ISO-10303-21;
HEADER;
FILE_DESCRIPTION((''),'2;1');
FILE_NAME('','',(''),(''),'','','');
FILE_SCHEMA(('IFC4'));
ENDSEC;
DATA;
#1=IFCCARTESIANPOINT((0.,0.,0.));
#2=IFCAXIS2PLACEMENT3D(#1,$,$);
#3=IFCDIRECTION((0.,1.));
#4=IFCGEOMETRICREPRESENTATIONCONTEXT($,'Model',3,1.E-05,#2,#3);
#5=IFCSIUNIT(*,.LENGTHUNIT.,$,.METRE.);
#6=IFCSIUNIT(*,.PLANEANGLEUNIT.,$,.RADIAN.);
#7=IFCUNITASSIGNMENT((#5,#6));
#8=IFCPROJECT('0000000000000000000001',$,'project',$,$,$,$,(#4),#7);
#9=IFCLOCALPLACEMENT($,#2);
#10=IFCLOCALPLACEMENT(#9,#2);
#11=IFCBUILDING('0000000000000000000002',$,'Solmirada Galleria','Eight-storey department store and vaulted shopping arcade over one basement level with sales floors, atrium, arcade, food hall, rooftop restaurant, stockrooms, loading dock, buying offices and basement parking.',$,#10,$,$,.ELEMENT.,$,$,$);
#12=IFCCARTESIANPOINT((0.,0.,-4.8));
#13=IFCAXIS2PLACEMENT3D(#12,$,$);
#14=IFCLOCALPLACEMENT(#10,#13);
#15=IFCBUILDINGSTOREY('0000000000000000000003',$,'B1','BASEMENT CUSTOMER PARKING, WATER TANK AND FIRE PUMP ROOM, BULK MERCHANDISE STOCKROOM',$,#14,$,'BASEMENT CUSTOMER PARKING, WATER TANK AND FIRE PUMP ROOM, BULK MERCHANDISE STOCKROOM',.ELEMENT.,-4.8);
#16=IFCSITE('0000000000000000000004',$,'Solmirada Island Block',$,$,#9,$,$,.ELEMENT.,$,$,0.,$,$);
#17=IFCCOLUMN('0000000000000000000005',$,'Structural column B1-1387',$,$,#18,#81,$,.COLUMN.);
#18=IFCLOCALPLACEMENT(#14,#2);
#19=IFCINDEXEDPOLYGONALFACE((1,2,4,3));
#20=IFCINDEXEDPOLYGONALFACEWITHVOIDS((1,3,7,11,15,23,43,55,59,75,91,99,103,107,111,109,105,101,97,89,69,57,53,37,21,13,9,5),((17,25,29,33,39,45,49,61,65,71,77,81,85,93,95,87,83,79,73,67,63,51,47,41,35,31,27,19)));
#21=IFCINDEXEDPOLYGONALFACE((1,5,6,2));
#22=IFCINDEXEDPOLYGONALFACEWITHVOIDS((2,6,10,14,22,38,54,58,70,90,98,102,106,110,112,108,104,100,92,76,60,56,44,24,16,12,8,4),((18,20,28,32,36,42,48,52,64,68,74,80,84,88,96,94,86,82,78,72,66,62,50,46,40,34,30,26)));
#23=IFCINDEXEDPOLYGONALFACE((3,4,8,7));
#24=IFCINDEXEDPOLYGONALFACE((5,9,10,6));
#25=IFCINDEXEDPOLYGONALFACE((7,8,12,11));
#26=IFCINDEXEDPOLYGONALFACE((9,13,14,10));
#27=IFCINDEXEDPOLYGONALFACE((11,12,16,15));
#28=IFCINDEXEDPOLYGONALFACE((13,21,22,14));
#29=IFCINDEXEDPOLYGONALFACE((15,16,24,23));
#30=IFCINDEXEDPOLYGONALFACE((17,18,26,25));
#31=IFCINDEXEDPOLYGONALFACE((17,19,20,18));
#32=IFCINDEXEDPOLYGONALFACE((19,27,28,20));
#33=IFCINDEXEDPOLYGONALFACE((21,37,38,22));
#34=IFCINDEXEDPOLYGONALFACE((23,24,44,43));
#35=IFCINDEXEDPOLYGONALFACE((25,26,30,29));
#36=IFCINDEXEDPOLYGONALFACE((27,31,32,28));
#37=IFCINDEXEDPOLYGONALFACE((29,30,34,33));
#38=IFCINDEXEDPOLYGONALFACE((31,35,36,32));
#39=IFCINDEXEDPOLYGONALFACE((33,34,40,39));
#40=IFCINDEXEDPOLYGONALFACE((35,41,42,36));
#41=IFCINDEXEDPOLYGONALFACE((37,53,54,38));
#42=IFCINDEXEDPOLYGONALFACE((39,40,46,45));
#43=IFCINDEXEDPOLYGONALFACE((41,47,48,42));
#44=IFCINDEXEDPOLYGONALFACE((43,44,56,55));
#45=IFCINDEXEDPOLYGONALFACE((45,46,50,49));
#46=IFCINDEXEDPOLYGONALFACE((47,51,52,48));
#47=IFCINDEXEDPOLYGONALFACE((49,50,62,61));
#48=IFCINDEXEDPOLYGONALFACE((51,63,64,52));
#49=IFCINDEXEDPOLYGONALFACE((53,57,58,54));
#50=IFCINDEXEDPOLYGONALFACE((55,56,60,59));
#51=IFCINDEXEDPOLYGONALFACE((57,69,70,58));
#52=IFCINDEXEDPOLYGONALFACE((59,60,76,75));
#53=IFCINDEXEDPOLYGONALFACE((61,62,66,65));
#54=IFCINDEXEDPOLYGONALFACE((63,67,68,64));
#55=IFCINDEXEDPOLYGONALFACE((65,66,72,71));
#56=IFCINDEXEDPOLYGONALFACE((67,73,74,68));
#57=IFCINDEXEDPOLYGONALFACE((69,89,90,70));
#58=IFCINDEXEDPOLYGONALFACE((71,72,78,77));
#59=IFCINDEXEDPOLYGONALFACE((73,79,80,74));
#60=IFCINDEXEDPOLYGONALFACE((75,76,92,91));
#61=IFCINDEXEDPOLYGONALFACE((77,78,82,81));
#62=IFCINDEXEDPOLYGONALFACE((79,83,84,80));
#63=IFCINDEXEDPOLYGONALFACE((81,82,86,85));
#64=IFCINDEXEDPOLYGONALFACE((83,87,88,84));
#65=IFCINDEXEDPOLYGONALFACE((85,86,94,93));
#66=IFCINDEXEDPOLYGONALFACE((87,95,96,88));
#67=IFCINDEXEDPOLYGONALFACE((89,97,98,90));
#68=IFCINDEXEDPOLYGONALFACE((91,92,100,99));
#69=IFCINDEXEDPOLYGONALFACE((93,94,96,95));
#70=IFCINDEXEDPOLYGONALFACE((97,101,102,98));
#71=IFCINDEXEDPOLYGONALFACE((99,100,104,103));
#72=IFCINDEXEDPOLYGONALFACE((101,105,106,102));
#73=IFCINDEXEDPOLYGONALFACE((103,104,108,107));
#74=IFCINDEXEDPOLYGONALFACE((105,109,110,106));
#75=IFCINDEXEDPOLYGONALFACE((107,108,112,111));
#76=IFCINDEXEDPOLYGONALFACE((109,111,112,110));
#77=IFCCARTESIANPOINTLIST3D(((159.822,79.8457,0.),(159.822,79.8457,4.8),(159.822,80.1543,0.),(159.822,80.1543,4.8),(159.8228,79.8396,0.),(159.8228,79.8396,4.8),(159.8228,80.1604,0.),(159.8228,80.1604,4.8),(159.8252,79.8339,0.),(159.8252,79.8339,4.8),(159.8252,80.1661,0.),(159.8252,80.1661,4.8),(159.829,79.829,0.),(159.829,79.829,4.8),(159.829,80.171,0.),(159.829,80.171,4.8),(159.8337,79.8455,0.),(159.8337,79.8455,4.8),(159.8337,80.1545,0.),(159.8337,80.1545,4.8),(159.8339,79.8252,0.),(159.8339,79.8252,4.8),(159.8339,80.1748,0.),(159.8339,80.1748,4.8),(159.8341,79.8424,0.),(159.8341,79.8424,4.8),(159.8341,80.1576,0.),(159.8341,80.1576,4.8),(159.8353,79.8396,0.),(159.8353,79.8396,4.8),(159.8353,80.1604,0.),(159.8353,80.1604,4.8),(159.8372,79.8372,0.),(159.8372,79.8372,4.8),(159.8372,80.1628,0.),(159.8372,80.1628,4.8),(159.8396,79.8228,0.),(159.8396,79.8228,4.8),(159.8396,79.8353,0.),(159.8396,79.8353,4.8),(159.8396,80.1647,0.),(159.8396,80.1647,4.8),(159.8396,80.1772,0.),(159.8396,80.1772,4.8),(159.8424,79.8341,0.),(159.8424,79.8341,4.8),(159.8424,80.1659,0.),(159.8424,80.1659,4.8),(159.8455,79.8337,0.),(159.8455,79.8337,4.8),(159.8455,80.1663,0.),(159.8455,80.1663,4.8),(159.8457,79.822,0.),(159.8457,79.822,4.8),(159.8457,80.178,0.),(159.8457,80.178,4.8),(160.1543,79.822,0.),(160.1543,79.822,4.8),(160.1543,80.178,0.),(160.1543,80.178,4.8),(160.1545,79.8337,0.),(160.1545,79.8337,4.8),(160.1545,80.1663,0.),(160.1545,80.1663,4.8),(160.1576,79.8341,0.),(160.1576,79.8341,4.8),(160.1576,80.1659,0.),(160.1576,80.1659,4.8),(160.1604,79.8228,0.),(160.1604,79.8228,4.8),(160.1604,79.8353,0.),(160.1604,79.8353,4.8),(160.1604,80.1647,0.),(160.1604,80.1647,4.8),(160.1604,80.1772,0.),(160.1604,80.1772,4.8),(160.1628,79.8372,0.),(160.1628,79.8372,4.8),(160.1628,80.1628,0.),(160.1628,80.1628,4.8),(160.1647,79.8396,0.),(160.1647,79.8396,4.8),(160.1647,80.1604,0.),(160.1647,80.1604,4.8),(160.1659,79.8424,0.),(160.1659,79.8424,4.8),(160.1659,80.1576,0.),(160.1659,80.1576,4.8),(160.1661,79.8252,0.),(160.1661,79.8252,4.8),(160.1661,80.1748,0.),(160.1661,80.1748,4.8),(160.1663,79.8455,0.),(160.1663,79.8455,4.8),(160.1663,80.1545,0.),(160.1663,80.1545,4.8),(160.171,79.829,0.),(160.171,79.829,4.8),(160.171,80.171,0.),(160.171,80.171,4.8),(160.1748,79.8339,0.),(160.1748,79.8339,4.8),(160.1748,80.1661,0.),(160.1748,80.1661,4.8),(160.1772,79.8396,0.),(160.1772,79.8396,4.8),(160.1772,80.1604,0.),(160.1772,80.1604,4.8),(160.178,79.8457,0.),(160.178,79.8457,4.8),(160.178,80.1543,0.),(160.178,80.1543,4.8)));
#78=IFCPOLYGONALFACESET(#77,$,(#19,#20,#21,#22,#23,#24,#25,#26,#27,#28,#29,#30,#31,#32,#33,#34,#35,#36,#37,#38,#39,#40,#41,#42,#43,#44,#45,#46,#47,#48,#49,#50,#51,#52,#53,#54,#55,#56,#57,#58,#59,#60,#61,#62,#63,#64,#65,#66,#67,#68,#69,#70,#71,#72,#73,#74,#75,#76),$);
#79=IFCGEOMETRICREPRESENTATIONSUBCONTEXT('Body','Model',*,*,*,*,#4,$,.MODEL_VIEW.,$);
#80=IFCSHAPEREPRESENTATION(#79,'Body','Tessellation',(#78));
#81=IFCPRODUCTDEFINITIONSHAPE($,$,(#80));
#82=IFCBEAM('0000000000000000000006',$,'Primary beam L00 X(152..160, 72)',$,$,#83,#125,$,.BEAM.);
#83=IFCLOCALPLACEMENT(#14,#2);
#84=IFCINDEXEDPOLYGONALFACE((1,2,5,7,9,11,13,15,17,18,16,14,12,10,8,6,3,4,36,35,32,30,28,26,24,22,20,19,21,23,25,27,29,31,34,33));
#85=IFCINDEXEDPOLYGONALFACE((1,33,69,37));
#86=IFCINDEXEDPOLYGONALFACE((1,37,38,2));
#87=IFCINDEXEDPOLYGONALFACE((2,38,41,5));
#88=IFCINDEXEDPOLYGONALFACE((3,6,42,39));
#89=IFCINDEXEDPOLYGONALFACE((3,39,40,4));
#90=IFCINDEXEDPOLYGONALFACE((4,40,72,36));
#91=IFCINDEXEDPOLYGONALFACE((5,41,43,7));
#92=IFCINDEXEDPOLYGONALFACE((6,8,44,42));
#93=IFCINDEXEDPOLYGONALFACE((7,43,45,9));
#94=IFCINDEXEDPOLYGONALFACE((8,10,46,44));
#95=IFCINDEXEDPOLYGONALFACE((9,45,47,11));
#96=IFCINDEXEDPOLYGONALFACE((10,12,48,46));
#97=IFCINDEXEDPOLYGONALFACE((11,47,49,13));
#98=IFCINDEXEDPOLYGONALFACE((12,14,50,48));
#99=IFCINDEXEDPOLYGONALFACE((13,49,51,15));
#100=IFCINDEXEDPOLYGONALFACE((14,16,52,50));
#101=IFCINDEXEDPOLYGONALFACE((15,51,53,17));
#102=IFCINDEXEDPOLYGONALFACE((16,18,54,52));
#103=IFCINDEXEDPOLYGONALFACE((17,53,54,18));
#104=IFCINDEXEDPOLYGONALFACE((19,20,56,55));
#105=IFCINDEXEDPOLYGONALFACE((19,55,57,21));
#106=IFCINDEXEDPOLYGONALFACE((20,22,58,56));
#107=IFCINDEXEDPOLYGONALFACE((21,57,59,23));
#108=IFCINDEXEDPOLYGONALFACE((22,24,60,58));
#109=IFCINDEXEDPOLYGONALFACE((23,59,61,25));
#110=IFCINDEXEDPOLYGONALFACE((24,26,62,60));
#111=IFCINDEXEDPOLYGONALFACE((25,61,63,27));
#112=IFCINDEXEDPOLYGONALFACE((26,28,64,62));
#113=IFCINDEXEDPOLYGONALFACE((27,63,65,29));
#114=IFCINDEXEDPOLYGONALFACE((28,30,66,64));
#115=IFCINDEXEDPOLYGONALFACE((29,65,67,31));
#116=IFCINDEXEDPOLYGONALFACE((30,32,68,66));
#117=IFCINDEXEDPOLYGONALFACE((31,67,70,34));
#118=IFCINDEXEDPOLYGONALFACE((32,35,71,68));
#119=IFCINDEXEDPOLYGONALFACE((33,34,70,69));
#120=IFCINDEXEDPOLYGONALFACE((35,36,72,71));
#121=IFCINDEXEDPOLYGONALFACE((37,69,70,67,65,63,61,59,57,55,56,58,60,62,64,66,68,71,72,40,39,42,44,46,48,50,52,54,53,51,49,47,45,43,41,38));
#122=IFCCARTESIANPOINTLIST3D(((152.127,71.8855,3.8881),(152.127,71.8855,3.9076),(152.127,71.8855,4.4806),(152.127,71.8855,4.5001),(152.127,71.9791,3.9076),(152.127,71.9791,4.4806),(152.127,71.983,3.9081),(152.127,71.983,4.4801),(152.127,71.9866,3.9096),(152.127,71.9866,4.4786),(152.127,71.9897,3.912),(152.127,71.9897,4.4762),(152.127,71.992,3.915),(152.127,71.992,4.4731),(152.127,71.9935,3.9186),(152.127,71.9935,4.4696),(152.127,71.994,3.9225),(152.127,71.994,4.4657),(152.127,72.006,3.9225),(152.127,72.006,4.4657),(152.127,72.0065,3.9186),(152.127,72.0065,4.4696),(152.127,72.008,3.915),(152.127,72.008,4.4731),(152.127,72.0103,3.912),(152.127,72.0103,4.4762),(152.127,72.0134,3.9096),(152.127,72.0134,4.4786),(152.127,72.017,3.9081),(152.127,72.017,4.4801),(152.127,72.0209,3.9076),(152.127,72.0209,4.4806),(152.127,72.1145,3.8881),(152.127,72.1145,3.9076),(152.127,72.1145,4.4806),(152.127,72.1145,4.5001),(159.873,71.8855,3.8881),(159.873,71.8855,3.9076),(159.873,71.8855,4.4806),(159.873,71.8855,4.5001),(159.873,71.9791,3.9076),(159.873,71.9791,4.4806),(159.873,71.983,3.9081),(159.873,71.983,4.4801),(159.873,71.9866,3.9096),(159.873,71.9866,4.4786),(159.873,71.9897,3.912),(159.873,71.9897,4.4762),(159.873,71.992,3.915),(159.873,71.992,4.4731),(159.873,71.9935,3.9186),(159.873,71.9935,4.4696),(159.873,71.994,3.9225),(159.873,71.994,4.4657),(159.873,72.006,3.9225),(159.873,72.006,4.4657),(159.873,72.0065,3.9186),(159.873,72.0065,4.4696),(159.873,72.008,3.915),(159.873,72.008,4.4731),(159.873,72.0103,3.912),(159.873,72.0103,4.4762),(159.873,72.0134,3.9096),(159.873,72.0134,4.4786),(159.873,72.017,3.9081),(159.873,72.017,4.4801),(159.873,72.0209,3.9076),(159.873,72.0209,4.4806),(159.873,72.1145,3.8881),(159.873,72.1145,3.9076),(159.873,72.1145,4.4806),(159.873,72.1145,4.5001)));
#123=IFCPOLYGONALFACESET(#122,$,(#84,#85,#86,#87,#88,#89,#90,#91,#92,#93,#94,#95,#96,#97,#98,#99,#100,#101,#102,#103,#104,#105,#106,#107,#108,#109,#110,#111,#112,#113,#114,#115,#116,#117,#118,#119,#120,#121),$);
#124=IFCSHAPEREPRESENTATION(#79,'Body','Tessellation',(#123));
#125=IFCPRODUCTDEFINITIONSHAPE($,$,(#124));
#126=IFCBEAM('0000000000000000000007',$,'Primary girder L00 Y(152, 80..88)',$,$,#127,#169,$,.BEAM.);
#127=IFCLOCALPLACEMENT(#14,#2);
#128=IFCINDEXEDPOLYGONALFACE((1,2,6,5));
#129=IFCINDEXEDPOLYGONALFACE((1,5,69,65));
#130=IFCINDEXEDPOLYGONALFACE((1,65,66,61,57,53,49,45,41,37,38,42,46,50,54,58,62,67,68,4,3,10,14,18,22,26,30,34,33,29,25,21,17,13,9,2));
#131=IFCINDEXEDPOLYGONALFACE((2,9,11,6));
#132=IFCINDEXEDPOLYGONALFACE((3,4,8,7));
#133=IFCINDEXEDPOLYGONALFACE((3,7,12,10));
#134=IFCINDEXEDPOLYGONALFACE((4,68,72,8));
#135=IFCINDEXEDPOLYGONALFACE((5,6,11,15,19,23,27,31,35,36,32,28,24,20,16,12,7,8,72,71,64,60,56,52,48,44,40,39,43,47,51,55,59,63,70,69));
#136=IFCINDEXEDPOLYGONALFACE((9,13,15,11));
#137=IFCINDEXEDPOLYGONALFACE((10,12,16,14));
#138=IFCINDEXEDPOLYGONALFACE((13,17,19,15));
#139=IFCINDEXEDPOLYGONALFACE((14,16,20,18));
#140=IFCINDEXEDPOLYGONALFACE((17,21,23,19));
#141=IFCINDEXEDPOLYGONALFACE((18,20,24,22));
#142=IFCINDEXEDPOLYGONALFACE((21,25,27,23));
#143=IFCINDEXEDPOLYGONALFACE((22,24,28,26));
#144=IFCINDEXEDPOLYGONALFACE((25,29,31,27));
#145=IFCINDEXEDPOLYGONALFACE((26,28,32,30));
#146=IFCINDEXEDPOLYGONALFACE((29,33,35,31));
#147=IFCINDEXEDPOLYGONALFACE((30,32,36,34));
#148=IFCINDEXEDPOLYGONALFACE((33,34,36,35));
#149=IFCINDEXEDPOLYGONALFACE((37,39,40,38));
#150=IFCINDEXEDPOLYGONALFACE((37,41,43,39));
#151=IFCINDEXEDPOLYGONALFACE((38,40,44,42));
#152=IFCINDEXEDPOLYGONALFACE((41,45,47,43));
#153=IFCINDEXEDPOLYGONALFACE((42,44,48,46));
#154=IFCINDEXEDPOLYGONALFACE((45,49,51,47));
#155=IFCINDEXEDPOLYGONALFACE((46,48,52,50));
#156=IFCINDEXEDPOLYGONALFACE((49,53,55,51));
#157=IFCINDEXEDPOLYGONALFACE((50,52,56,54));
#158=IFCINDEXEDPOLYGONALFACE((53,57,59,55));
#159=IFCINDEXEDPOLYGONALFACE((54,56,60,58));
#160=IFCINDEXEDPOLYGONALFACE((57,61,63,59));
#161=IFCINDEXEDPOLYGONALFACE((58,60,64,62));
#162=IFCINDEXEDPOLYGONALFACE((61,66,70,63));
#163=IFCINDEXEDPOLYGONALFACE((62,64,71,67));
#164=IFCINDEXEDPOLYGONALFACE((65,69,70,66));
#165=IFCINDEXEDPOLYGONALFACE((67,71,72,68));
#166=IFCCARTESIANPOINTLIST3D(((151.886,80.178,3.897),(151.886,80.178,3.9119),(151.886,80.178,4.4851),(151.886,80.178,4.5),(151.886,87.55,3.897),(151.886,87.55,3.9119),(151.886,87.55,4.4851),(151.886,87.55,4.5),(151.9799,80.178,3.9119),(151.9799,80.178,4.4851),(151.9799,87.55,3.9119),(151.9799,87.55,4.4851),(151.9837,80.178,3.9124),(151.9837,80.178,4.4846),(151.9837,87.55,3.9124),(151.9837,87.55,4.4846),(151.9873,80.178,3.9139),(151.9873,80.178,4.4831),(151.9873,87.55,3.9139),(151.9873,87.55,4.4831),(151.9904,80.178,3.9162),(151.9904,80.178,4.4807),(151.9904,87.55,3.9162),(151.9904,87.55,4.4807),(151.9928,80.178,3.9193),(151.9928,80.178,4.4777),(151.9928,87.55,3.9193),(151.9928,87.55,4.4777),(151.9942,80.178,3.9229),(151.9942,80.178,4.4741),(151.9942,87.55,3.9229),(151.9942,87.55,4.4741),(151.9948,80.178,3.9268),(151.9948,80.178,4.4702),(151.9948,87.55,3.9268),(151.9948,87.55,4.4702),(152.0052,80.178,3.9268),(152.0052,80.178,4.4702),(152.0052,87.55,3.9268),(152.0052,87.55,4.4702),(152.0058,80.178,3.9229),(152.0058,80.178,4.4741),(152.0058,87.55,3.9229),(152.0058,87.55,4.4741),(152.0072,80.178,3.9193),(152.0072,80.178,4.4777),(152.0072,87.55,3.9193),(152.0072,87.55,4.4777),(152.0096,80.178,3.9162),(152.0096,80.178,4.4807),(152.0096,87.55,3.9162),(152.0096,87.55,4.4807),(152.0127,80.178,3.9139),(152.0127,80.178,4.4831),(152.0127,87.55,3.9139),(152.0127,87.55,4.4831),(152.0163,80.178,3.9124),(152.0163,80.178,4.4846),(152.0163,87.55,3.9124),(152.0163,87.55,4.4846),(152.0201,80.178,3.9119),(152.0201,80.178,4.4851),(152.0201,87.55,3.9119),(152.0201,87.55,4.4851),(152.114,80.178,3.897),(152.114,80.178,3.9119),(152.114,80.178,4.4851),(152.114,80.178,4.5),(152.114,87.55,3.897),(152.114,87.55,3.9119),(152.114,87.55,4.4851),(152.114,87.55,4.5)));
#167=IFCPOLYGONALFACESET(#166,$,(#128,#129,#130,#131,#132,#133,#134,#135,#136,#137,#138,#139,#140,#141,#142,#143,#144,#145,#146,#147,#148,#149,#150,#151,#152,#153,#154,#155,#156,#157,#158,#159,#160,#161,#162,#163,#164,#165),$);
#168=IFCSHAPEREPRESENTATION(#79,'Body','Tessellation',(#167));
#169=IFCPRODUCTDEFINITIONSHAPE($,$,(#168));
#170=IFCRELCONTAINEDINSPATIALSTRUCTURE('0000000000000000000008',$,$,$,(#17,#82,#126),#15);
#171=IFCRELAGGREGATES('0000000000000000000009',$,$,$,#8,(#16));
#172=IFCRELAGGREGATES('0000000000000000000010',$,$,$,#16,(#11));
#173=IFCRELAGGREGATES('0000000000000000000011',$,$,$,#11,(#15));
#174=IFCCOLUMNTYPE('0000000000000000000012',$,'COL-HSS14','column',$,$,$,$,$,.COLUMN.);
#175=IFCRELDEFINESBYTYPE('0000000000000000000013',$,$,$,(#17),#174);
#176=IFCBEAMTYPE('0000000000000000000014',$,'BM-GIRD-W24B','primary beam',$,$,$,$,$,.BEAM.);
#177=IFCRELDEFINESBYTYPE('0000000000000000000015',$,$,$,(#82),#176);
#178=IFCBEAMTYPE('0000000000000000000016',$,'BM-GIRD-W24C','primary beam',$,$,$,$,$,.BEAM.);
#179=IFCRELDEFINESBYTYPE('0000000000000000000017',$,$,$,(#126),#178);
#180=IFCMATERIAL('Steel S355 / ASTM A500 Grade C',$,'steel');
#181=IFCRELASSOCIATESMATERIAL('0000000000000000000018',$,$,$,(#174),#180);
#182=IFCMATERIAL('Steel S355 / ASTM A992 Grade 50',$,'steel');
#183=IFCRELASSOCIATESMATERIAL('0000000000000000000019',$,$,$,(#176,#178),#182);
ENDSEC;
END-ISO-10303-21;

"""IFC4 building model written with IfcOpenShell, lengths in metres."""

from ifc_helpers import new_model, si_unit, direction, frame, origin, origin_2d, place, context, subcontext, project, spatial, hollow_rectangle, i_section, extrude, material, material_profile, profile_set, type_object, element, save


model = new_model("IFC4")

# Units and contexts
model_context = context("Model", 3, precision=1e-05, world=origin(), true_north=direction((0.0, 1.0)))
body_context = subcontext(model_context, "Body", "Model", "MODEL_VIEW")
ifc_project = project(units=[si_unit("LENGTHUNIT", "METRE"), si_unit("PLANEANGLEUNIT", "RADIAN")], contexts=[model_context])

# Site, building, storey
site_placement = place(None, origin())
site = spatial("IfcSite", under=ifc_project, at=site_placement, Name="Solmirada Island Block", CompositionType="ELEMENT", RefElevation=0.0)
building_placement = place(site_placement, origin())
building = spatial("IfcBuilding", under=site, at=building_placement, Name="Solmirada Galleria", Description="Eight-storey department store and vaulted shopping arcade over one basement level with sales floors, atrium, arcade, food hall, rooftop restaurant, stockrooms, loading dock, buying offices and basement parking.", CompositionType="ELEMENT")
storey_placement = place(building_placement, frame((0.0, 0.0, -4.8)))
storey = spatial("IfcBuildingStorey", under=building, at=storey_placement, Name="B1", Description="BASEMENT CUSTOMER PARKING, WATER TANK AND FIRE PUMP ROOM, BULK MERCHANDISE STOCKROOM", LongName="BASEMENT CUSTOMER PARKING, WATER TANK AND FIRE PUMP ROOM, BULK MERCHANDISE STOCKROOM", CompositionType="ELEMENT", Elevation=-4.8)

# Column
ifc_material_1 = material(Name="Steel S355 / ASTM A500 Grade C", Category="steel")
ifc_material_profile_1 = material_profile(ifc_material_1, hollow_rectangle(XDim=0.356, YDim=0.356, WallThickness=0.0117, InnerFilletRadius=0.0117, OuterFilletRadius=0.0237, at=origin_2d()), Name="HSS14X14X1/2")
ifc_profile_set_1 = profile_set([ifc_material_profile_1], Name="Steel S355 / ASTM A500 Grade C")
column_type_1 = type_object("IfcColumnType", Name="COL-HSS14", Description="column", PredefinedType="COLUMN", material=ifc_profile_set_1)
for number, where, z_axis, x_axis, name in (
    (1, (160.0, 80.0, 0.0), (0.0, 0.0, 1.0), (1.0, 0.0, 0.0), "Structural column B1-1387"),
):
    element("IfcColumn", number, at=place(storey_placement, frame(where, z_axis=z_axis, x_axis=x_axis)), inside=storey, type_object=column_type_1, Name=name, PredefinedType="COLUMN", context=body_context, shape_type="SweptSolid", body=[
        extrude(hollow_rectangle(XDim=0.356, YDim=0.356, WallThickness=0.0117, InnerFilletRadius=0.0117, OuterFilletRadius=0.0237, at=origin_2d()), origin(), (0.0, 0.0, 1.0), 4.8),
    ])

# Beams
ifc_material_2 = material(Name="Steel S355 / ASTM A992 Grade 50", Category="steel")
ifc_material_profile_2 = material_profile(ifc_material_2, i_section(OverallWidth=0.229, OverallDepth=0.6121, WebThickness=0.012, FlangeThickness=0.0195, FilletRadius=0.0149, at=origin_2d()), Name="W24X84")
ifc_profile_set_2 = profile_set([ifc_material_profile_2], Name="Steel S355 / ASTM A992 Grade 50")
beam_type_1 = type_object("IfcBeamType", Name="BM-GIRD-W24B", Description="primary beam", PredefinedType="BEAM", material=ifc_profile_set_2)
beam_1_placement = place(storey_placement, frame((152.127, 72.0, 4.1941), z_axis=(1.0, 0.0, 0.0), x_axis=(0.0, 1.0, 0.0)))
element("IfcBeam", 2, at=beam_1_placement, inside=storey, type_object=beam_type_1, Name="Primary beam L00 X(152..160, 72)", PredefinedType="BEAM", context=body_context, shape_type="SweptSolid", body=[
    extrude(i_section(OverallWidth=0.229, OverallDepth=0.6121, WebThickness=0.012, FlangeThickness=0.0195, FilletRadius=0.0149, at=origin_2d()), origin(), (0.0, 0.0, 1.0), 7.7461),
])
ifc_material_profile_3 = material_profile(ifc_material_2, i_section(OverallWidth=0.228, OverallDepth=0.603, WebThickness=0.0105, FlangeThickness=0.0149, FilletRadius=0.0149, at=origin_2d()), Name="W24X68")
ifc_profile_set_3 = profile_set([ifc_material_profile_3], Name="Steel S355 / ASTM A992 Grade 50")
beam_type_2 = type_object("IfcBeamType", Name="BM-GIRD-W24C", Description="primary beam", PredefinedType="BEAM", material=ifc_profile_set_3)
beam_2_placement = place(storey_placement, frame((152.0, 80.178, 4.1985), z_axis=(0.0, 1.0, 0.0), x_axis=(-1.0, 0.0, 0.0)))
element("IfcBeam", 3, at=beam_2_placement, inside=storey, type_object=beam_type_2, Name="Primary girder L00 Y(152, 80..88)", PredefinedType="BEAM", context=body_context, shape_type="SweptSolid", body=[
    extrude(i_section(OverallWidth=0.228, OverallDepth=0.603, WebThickness=0.0105, FlangeThickness=0.0149, FilletRadius=0.0149, at=origin_2d()), origin(), (0.0, 0.0, 1.0), 7.3721),
])

save(model, "model.ifc")
